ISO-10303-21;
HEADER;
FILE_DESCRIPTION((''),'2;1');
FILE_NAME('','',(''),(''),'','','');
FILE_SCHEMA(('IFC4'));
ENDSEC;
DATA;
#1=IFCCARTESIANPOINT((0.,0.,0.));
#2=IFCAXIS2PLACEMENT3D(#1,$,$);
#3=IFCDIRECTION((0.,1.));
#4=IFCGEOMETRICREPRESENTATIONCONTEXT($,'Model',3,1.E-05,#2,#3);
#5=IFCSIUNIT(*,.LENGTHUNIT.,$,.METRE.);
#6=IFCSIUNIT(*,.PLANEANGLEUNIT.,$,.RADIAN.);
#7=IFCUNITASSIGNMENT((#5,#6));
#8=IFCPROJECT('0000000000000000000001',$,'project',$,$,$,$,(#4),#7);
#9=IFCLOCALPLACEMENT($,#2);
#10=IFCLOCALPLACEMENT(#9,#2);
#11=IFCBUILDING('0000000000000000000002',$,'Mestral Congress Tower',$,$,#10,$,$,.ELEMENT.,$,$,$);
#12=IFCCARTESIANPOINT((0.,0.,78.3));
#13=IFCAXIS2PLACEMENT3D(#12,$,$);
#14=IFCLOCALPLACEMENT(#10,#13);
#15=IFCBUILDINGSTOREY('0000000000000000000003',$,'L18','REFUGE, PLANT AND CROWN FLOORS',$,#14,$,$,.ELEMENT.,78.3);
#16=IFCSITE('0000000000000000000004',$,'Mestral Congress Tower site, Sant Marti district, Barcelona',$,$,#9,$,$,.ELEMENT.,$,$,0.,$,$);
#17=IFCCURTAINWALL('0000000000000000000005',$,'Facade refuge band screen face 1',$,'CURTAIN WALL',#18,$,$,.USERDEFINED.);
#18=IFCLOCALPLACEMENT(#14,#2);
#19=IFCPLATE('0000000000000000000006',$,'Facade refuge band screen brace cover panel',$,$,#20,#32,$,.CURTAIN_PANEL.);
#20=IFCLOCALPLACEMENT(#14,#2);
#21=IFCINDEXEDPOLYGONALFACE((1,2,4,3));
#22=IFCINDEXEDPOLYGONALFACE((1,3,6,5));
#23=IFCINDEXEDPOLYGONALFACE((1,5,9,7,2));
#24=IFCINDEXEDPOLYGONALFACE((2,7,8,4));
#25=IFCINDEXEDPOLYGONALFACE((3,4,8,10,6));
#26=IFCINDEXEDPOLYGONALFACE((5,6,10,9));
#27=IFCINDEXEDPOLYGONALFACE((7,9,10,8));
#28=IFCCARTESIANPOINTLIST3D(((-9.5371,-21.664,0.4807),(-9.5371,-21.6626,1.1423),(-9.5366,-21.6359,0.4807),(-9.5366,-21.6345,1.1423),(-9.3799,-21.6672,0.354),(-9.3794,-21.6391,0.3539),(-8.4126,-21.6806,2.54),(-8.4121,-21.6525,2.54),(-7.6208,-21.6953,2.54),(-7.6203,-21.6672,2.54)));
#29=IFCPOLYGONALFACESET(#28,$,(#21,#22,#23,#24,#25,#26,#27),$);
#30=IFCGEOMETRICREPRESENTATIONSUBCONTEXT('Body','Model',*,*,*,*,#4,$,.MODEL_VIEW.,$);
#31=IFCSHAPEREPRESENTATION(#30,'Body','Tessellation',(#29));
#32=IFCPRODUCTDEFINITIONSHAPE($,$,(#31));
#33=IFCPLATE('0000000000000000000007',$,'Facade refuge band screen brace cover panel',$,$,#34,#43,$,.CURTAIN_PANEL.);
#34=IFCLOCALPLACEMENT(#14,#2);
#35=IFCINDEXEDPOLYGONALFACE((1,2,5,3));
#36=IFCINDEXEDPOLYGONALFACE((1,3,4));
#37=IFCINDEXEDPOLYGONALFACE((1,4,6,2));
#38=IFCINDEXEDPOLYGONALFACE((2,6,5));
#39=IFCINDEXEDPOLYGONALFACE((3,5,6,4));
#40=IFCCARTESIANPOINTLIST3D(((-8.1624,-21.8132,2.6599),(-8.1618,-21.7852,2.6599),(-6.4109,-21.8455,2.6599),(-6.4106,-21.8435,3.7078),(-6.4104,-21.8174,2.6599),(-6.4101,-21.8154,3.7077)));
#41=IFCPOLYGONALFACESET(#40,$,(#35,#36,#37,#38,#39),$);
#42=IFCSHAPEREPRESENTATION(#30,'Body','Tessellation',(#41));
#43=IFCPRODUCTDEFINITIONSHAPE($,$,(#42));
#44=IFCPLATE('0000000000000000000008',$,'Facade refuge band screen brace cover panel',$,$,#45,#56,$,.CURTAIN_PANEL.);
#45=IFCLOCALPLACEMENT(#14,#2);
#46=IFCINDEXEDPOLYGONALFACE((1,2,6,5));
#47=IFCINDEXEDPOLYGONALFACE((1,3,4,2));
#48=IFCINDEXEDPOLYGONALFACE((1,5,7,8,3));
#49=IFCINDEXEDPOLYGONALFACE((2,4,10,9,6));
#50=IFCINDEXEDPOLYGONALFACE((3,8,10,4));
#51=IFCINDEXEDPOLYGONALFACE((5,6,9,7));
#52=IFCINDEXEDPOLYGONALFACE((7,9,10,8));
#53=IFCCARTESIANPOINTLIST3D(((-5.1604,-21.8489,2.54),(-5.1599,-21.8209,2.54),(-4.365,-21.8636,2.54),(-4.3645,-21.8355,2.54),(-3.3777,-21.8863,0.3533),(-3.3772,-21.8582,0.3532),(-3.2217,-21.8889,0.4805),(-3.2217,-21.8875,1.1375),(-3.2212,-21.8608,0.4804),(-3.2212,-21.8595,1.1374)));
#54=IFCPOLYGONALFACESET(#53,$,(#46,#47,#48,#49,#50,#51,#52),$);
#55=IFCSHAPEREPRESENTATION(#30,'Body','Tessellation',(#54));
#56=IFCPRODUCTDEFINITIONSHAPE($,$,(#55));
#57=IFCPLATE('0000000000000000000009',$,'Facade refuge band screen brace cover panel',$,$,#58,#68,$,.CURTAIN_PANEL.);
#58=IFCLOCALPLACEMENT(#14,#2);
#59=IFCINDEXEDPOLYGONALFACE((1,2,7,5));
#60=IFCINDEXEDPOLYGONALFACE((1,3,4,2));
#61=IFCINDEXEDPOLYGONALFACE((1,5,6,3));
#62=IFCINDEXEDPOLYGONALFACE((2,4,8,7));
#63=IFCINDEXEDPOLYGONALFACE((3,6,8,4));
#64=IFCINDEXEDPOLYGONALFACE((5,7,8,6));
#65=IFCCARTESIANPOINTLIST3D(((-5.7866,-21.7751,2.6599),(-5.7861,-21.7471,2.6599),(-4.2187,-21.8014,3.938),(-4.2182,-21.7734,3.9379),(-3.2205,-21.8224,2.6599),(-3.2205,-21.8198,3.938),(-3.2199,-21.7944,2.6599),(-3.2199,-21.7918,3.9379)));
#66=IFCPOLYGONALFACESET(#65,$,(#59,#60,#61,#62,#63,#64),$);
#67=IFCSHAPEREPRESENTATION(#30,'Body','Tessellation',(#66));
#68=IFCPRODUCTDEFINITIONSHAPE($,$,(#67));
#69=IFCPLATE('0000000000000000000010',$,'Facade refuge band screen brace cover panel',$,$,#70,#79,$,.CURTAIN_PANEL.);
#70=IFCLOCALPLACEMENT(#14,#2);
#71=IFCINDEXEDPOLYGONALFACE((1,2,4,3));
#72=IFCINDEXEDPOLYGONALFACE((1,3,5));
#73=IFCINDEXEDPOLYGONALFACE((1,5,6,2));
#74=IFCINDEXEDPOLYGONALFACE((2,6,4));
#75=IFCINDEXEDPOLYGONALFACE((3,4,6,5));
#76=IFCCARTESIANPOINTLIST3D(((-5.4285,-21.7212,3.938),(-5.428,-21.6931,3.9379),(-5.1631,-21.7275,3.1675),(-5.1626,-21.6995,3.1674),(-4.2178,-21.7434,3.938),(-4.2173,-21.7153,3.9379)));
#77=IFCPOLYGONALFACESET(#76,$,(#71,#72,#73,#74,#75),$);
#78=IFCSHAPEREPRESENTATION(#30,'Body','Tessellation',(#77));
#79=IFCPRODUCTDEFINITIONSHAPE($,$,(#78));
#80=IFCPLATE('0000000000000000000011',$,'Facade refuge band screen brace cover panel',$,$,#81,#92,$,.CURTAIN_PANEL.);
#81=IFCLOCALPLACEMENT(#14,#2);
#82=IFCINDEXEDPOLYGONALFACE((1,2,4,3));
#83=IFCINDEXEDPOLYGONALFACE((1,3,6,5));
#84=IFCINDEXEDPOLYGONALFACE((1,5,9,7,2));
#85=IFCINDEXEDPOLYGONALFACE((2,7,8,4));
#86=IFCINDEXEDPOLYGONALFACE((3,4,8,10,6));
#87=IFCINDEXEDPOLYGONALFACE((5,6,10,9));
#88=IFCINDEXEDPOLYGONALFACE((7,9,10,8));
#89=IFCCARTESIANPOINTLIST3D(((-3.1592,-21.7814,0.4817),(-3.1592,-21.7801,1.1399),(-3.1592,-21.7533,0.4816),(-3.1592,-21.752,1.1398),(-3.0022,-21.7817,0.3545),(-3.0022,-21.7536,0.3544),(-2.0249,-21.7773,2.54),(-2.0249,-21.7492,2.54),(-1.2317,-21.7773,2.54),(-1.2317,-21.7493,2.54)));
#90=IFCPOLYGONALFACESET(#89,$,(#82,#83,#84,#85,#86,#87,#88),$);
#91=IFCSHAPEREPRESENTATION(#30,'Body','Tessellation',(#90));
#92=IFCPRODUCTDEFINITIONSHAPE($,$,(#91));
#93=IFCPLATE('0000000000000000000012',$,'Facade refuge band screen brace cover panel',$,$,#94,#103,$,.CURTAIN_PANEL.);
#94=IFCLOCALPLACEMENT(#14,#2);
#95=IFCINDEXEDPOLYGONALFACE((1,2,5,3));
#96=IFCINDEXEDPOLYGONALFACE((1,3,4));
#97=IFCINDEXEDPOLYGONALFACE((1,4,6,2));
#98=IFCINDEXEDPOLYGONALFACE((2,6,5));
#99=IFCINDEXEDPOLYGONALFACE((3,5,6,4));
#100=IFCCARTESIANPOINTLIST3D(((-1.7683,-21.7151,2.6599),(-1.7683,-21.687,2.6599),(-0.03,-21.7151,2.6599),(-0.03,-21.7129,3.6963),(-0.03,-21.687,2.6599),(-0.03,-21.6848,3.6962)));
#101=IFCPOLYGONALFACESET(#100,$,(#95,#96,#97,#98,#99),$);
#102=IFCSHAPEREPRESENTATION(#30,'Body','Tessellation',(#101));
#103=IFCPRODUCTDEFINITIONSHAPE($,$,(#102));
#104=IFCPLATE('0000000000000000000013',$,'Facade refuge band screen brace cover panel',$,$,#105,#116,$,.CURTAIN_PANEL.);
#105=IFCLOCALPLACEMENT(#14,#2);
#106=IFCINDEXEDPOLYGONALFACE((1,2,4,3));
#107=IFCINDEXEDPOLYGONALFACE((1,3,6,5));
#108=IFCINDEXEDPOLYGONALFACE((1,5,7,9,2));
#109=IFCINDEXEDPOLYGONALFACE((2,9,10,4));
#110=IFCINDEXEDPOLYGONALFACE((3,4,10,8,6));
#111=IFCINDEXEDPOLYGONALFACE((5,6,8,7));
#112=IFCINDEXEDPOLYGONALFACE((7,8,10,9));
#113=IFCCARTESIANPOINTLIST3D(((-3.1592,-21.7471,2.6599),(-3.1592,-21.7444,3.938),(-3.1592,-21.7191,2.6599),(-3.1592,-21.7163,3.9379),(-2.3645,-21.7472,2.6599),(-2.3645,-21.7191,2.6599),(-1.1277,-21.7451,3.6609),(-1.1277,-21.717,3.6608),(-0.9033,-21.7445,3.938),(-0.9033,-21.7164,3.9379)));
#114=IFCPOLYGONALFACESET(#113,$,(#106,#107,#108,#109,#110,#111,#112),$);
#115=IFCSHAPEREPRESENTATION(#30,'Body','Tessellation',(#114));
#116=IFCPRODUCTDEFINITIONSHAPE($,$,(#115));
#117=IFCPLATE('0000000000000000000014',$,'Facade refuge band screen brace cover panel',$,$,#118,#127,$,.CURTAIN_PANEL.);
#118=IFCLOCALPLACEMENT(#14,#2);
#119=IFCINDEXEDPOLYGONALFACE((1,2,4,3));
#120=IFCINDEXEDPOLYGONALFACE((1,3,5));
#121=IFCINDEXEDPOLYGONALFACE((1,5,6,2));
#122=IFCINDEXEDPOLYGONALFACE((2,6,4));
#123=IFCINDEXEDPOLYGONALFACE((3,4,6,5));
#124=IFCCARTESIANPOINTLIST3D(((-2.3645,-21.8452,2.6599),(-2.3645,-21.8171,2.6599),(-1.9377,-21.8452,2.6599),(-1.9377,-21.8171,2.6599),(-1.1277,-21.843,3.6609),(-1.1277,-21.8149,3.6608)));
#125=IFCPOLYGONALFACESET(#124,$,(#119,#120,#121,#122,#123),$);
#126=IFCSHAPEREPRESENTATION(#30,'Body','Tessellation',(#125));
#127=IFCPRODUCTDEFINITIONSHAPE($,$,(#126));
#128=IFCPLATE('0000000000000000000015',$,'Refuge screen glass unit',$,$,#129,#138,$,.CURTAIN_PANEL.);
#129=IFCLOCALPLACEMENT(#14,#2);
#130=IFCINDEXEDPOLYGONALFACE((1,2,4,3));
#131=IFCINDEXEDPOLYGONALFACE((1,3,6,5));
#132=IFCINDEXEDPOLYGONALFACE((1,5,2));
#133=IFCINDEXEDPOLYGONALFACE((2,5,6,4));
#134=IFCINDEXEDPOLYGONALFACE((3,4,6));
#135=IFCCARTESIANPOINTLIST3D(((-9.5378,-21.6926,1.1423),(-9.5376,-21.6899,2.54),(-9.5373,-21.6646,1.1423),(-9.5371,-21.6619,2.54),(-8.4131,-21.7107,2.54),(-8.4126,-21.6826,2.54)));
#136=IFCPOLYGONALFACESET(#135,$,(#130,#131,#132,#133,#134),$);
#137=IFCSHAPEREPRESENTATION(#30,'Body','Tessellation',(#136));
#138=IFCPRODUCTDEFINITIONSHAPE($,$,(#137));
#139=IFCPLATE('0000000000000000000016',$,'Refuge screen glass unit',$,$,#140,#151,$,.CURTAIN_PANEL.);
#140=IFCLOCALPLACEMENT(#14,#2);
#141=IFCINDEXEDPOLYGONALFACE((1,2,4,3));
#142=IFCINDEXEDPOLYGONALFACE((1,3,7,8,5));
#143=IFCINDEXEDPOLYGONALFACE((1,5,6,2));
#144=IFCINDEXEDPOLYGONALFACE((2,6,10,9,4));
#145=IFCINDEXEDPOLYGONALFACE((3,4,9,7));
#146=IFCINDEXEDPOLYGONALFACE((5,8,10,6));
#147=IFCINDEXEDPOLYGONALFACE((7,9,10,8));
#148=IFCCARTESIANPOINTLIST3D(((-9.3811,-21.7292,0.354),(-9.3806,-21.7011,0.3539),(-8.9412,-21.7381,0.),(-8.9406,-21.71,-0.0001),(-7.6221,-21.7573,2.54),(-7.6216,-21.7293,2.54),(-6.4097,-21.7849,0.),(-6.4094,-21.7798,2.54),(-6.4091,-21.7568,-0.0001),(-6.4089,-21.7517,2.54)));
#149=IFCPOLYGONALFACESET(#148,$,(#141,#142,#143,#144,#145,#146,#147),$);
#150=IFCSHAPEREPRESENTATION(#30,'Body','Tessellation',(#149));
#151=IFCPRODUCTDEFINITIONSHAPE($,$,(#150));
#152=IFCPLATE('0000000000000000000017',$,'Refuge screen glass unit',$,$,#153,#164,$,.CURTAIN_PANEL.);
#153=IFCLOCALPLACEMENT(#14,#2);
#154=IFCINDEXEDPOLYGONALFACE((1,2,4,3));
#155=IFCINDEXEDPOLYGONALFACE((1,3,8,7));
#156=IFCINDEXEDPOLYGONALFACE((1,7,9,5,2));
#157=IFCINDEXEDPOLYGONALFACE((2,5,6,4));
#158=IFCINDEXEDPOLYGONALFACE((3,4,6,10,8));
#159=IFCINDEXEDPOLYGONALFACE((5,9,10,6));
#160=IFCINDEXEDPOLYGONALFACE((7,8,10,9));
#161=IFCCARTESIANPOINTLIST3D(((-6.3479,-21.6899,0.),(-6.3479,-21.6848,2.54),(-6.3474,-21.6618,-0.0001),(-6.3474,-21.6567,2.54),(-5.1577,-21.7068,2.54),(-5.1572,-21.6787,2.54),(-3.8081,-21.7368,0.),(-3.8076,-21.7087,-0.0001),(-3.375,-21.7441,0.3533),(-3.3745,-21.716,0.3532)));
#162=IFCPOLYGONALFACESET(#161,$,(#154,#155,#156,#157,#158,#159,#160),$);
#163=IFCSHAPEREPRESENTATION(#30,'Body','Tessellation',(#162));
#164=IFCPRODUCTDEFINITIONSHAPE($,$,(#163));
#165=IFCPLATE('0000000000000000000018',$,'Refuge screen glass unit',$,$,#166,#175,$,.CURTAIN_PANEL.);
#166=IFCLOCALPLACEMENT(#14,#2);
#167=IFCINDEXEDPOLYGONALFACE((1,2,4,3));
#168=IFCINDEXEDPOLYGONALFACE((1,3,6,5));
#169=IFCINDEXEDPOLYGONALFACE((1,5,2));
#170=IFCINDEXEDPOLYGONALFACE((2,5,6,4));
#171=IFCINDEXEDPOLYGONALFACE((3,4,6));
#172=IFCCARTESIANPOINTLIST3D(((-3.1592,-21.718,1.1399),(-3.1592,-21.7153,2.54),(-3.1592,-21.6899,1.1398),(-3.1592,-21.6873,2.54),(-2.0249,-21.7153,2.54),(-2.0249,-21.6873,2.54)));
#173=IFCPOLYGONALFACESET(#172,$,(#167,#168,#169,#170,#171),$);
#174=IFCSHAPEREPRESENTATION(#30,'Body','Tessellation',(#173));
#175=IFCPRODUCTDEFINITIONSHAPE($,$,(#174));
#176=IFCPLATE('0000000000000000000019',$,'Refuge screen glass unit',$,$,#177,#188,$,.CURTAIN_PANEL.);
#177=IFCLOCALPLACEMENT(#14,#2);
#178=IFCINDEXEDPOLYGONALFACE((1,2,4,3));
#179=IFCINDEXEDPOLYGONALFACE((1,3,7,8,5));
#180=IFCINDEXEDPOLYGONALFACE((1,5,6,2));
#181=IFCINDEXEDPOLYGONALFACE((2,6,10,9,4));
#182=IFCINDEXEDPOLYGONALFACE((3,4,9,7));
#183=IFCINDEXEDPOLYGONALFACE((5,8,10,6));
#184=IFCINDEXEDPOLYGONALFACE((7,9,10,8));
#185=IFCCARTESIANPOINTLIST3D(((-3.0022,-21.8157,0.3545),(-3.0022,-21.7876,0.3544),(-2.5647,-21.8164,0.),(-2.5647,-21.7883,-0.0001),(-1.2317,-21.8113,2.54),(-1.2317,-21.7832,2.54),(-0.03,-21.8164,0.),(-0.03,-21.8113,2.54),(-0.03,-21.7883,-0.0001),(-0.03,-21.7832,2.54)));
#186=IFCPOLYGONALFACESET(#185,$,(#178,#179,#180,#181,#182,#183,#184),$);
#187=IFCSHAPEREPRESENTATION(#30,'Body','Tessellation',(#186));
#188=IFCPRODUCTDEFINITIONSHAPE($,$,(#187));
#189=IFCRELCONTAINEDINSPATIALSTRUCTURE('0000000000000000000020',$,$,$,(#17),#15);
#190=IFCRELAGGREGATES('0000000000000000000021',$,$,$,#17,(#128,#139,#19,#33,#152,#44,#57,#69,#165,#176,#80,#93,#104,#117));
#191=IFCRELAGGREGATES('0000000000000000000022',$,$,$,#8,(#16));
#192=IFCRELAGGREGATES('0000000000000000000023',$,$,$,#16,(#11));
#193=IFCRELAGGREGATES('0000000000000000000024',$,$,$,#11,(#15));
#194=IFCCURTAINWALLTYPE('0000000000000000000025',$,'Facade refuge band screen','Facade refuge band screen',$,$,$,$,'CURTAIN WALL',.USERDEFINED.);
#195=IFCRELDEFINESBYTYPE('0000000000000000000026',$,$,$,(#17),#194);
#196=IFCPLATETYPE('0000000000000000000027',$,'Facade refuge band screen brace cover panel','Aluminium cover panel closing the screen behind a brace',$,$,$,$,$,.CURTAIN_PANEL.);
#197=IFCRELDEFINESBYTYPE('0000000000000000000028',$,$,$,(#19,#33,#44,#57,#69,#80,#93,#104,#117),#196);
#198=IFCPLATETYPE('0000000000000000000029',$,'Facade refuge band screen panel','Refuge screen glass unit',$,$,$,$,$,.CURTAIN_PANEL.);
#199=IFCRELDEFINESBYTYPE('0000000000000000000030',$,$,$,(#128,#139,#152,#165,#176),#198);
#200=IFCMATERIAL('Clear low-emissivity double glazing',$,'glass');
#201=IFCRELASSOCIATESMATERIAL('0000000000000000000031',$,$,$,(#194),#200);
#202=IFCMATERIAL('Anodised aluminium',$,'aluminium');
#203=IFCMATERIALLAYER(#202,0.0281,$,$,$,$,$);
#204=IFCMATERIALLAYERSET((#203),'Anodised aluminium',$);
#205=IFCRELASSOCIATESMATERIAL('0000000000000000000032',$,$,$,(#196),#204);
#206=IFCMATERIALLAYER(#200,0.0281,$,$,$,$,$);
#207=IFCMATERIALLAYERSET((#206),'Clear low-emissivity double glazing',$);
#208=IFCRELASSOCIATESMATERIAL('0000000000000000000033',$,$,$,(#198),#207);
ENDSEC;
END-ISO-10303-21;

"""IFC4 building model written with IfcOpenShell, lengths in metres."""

from ifc_helpers import new_model, si_unit, direction, frame, origin, place, context, subcontext, project, spatial, polyline, outline, extrude, material, layer, layer_set, type_object, element, aggregate, save


model = new_model("IFC4")

# Units and contexts
model_context = context("Model", 3, precision=1e-05, world=origin(), true_north=direction((0.0, 1.0)))
body_context = subcontext(model_context, "Body", "Model", "MODEL_VIEW")
ifc_project = project(units=[si_unit("LENGTHUNIT", "METRE"), si_unit("PLANEANGLEUNIT", "RADIAN")], contexts=[model_context])

# Site, building, storey
site_placement = place(None, origin())
site = spatial("IfcSite", under=ifc_project, at=site_placement, Name="Mestral Congress Tower site, Sant Marti district, Barcelona", CompositionType="ELEMENT", RefElevation=0.0)
building_placement = place(site_placement, origin())
building = spatial("IfcBuilding", under=site, at=building_placement, Name="Mestral Congress Tower", CompositionType="ELEMENT")
storey_placement = place(building_placement, frame((0.0, 0.0, 78.3)))
storey = spatial("IfcBuildingStorey", under=building, at=storey_placement, Name="L18", Description="REFUGE, PLANT AND CROWN FLOORS", CompositionType="ELEMENT", Elevation=78.3)

# Curtain wall
ifc_material_1 = material(Name="Clear low-emissivity double glazing", Category="glass")
curtain_wall_type = type_object("IfcCurtainWallType", Name="Facade refuge band screen", Description="Facade refuge band screen", ElementType="CURTAIN WALL", PredefinedType="USERDEFINED", material=ifc_material_1)
curtain_wall_placement = place(storey_placement, origin())
curtain_wall = element("IfcCurtainWall", 1, at=curtain_wall_placement, inside=storey, type_object=curtain_wall_type, Name="Facade refuge band screen face 1", ObjectType="CURTAIN WALL", PredefinedType="USERDEFINED")
ifc_material_2 = material(Name="Anodised aluminium", Category="aluminium")

# Plates
ifc_layer_1 = layer(ifc_material_2, 0.0281)
ifc_layer_set_1 = layer_set([ifc_layer_1], Name="Anodised aluminium")
plate_type_1 = type_object("IfcPlateType", Name="Facade refuge band screen brace cover panel", Description="Aluminium cover panel closing the screen behind a brace", PredefinedType="CURTAIN_PANEL", material=ifc_layer_set_1)
plate_1_placement = place(storey_placement, frame((-7.6208, -21.6953, 2.54), z_axis=(-0.018583, -0.999825, 0.002089), x_axis=(-0.626879, 0.010024, -0.779053)))
plate_1 = element("IfcPlate", 2, at=plate_1_placement, type_object=plate_type_1, Name="Facade refuge band screen brace cover panel", PredefinedType="CURTAIN_PANEL", context=body_context, shape_type="SweptSolid", body=[
    extrude(outline(polyline([(0.0, 0.0), (2.806, 0.0), (2.8059, -0.202), (2.2905, -0.6168), (0.4965, -0.6169), (0.0, 0.0)])), origin(), (0.0, 0.0, -1.0), 0.0281),
])
plate_2_placement = place(storey_placement, frame((-6.4109, -21.8455, 2.6599), z_axis=(-0.018397, -0.999829, 0.001868), x_axis=(-0.999831, 0.018397, 0.0)))
plate_2 = element("IfcPlate", 3, at=plate_2_placement, type_object=plate_type_1, Name="Facade refuge band screen brace cover panel", PredefinedType="CURTAIN_PANEL", context=body_context, shape_type="SweptSolid", body=[
    extrude(outline(polyline([(0.0, 0.0), (1.7518, 0.0), (-0.0002, -1.0479), (0.0, 0.0)])), origin(), (0.0, 0.0, -1.0), 0.0281),
])
plate_3_placement = place(storey_placement, frame((-3.2217, -21.8889, 0.4805), z_axis=(-0.018412, -0.999828, 0.002084), x_axis=(-0.774975, 0.012954, -0.631859)))
plate_3 = element("IfcPlate", 4, at=plate_3_placement, type_object=plate_type_1, Name="Facade refuge band screen brace cover panel", PredefinedType="CURTAIN_PANEL", context=body_context, shape_type="SweptSolid", body=[
    extrude(outline(polyline([(0.0, 0.0), (0.2013, 0.0), (0.2016, -2.8216), (-0.415, -2.3189), (-0.4151, -0.5092), (0.0, 0.0)])), origin(), (0.0, 0.0, -1.0), 0.0281),
])
plate_4_placement = place(storey_placement, frame((-3.2205, -21.8198, 3.938), z_axis=(-0.018421, -0.999828, 0.002036), x_axis=(0.000001, -0.002037, -0.999998)))
plate_4 = element("IfcPlate", 5, at=plate_4_placement, type_object=plate_type_1, Name="Facade refuge band screen brace cover panel", PredefinedType="CURTAIN_PANEL", context=body_context, shape_type="SweptSolid", body=[
    extrude(outline(polyline([(0.0, 0.0), (1.2781, 0.0), (1.278, -2.5666), (0.0, -0.9985), (0.0, 0.0)])), origin(), (0.0, 0.0, -1.0), 0.0281),
])
plate_5_placement = place(storey_placement, frame((-4.2178, -21.7434, 3.938), z_axis=(-0.018347, -0.99983, 0.001918), x_axis=(-0.775068, 0.013011, -0.631744)))
plate_5 = element("IfcPlate", 6, at=plate_5_placement, type_object=plate_type_1, Name="Facade refuge band screen brace cover panel", PredefinedType="CURTAIN_PANEL", context=body_context, shape_type="SweptSolid", body=[
    extrude(outline(polyline([(0.0, 0.0), (1.2197, 0.0), (0.9387, -0.765), (0.0, 0.0)])), origin(), (0.0, 0.0, -1.0), 0.0281),
])
plate_6_placement = place(storey_placement, frame((-1.2317, -21.7773, 2.54), z_axis=(-0.000088, -0.999998, 0.002061), x_axis=(-0.629467, -0.001547, -0.777026)))
plate_6 = element("IfcPlate", 7, at=plate_6_placement, type_object=plate_type_1, Name="Facade refuge band screen brace cover panel", PredefinedType="CURTAIN_PANEL", context=body_context, shape_type="SweptSolid", body=[
    extrude(outline(polyline([(0.0, 0.0), (2.8127, 0.0), (2.8127, -0.202), (2.3012, -0.6164), (0.4993, -0.6163), (0.0, 0.0)])), origin(), (0.0, 0.0, -1.0), 0.0281),
])
plate_7_placement = place(storey_placement, frame((-0.03, -21.7151, 2.6599), z_axis=(0.0, -0.999998, 0.00212), x_axis=(-1.0, 0.0, 0.0)))
plate_7 = element("IfcPlate", 8, at=plate_7_placement, type_object=plate_type_1, Name="Facade refuge band screen brace cover panel", PredefinedType="CURTAIN_PANEL", context=body_context, shape_type="SweptSolid", body=[
    extrude(outline(polyline([(0.0, 0.0), (1.7383, 0.0), (0.0, -1.0364), (0.0, 0.0)])), origin(), (0.0, 0.0, -1.0), 0.0281),
])
plate_8_placement = place(storey_placement, frame((-3.1592, -21.7444, 3.938), z_axis=(-0.000048, -0.999998, 0.002156), x_axis=(1.0, -0.000048, 0.0)))
plate_8 = element("IfcPlate", 9, at=plate_8_placement, type_object=plate_type_1, Name="Facade refuge band screen brace cover panel", PredefinedType="CURTAIN_PANEL", context=body_context, shape_type="SweptSolid", body=[
    extrude(outline(polyline([(0.0, 0.0), (2.2559, 0.0), (2.0315, -0.2771), (0.7947, -1.2781), (0.0, -1.2781), (0.0, 0.0)])), origin(), (0.0, 0.0, -1.0), 0.0281),
])
plate_9_placement = place(storey_placement, frame((-2.3645, -21.8452, 2.6599), z_axis=(0.0, -0.999998, 0.002195), x_axis=(0.777323, 0.001381, 0.629101)))
plate_9 = element("IfcPlate", 10, at=plate_9_placement, type_object=plate_type_1, Name="Facade refuge band screen brace cover panel", PredefinedType="CURTAIN_PANEL", context=body_context, shape_type="SweptSolid", body=[
    extrude(outline(polyline([(0.0, 0.0), (1.5911, 0.0), (0.3317, -0.2685), (0.0, 0.0)])), origin(), (0.0, 0.0, -1.0), 0.0281),
])
ifc_layer_2 = layer(ifc_material_1, 0.0281)
ifc_layer_set_2 = layer_set([ifc_layer_2], Name="Clear low-emissivity double glazing")
plate_type_2 = type_object("IfcPlateType", Name="Facade refuge band screen panel", Description="Refuge screen glass unit", PredefinedType="CURTAIN_PANEL", material=ifc_layer_set_2)
plate_10_placement = place(storey_placement, frame((-9.5376, -21.6899, 2.54), z_axis=(-0.018451, -0.999828, 0.001924), x_axis=(0.99983, -0.018451, 0.0)))
plate_10 = element("IfcPlate", 11, at=plate_10_placement, type_object=plate_type_2, Name="Refuge screen glass unit", PredefinedType="CURTAIN_PANEL", context=body_context, shape_type="SweptSolid", body=[
    extrude(outline(polyline([(0.0, 0.0), (1.1247, 0.0), (-0.0002, -1.3977), (0.0, 0.0)])), origin(), (0.0, 0.0, -1.0), 0.0281),
])
plate_11_placement = place(storey_placement, frame((-6.4094, -21.7798, 2.54), z_axis=(-0.018498, -0.999827, 0.002013), x_axis=(-0.000096, -0.002012, -0.999998)))
plate_11 = element("IfcPlate", 12, at=plate_11_placement, type_object=plate_type_2, Name="Refuge screen glass unit", PredefinedType="CURTAIN_PANEL", context=body_context, shape_type="SweptSolid", body=[
    extrude(outline(polyline([(0.0, 0.0), (2.54, 0.0), (2.5402, -2.5319), (2.1862, -2.972), (0.0001, -1.2129), (0.0, 0.0)])), origin(), (0.0, 0.0, -1.0), 0.0281),
])
plate_12_placement = place(storey_placement, frame((-3.8081, -21.7368, 0.0), z_axis=(-0.018464, -0.999827, 0.002011), x_axis=(-0.99983, 0.018464, 0.0)))
plate_12 = element("IfcPlate", 13, at=plate_12_placement, type_object=plate_type_2, Name="Refuge screen glass unit", PredefinedType="CURTAIN_PANEL", context=body_context, shape_type="SweptSolid", body=[
    extrude(outline(polyline([(0.0, 0.0), (2.5402, 0.0), (2.5403, -2.54), (1.3499, -2.54), (-0.4332, -0.3533), (0.0, 0.0)])), origin(), (0.0, 0.0, -1.0), 0.0281),
])
plate_13_placement = place(storey_placement, frame((-3.1592, -21.7153, 2.54), z_axis=(0.0, -0.999998, 0.001918), x_axis=(1.0, 0.0, 0.0)))
plate_13 = element("IfcPlate", 14, at=plate_13_placement, type_object=plate_type_2, Name="Refuge screen glass unit", PredefinedType="CURTAIN_PANEL", context=body_context, shape_type="SweptSolid", body=[
    extrude(outline(polyline([(0.0, 0.0), (1.1343, 0.0), (0.0, -1.4001), (0.0, 0.0)])), origin(), (0.0, 0.0, -1.0), 0.0281),
])
plate_14_placement = place(storey_placement, frame((-0.03, -21.8113, 2.54), z_axis=(-0.000004, -0.999998, 0.00202), x_axis=(0.0, -0.00202, -0.999998)))
plate_14 = element("IfcPlate", 15, at=plate_14_placement, type_object=plate_type_2, Name="Refuge screen glass unit", PredefinedType="CURTAIN_PANEL", context=body_context, shape_type="SweptSolid", body=[
    extrude(outline(polyline([(0.0, 0.0), (2.54, 0.0), (2.54, -2.5347), (2.1856, -2.9722), (0.0, -1.2017), (0.0, 0.0)])), origin(), (0.0, 0.0, -1.0), 0.0281),
])

aggregate(curtain_wall, [plate_10, plate_11, plate_1, plate_2, plate_12, plate_3, plate_4, plate_5, plate_13, plate_14, plate_6, plate_7, plate_8, plate_9])

save(model, "model.ifc")
